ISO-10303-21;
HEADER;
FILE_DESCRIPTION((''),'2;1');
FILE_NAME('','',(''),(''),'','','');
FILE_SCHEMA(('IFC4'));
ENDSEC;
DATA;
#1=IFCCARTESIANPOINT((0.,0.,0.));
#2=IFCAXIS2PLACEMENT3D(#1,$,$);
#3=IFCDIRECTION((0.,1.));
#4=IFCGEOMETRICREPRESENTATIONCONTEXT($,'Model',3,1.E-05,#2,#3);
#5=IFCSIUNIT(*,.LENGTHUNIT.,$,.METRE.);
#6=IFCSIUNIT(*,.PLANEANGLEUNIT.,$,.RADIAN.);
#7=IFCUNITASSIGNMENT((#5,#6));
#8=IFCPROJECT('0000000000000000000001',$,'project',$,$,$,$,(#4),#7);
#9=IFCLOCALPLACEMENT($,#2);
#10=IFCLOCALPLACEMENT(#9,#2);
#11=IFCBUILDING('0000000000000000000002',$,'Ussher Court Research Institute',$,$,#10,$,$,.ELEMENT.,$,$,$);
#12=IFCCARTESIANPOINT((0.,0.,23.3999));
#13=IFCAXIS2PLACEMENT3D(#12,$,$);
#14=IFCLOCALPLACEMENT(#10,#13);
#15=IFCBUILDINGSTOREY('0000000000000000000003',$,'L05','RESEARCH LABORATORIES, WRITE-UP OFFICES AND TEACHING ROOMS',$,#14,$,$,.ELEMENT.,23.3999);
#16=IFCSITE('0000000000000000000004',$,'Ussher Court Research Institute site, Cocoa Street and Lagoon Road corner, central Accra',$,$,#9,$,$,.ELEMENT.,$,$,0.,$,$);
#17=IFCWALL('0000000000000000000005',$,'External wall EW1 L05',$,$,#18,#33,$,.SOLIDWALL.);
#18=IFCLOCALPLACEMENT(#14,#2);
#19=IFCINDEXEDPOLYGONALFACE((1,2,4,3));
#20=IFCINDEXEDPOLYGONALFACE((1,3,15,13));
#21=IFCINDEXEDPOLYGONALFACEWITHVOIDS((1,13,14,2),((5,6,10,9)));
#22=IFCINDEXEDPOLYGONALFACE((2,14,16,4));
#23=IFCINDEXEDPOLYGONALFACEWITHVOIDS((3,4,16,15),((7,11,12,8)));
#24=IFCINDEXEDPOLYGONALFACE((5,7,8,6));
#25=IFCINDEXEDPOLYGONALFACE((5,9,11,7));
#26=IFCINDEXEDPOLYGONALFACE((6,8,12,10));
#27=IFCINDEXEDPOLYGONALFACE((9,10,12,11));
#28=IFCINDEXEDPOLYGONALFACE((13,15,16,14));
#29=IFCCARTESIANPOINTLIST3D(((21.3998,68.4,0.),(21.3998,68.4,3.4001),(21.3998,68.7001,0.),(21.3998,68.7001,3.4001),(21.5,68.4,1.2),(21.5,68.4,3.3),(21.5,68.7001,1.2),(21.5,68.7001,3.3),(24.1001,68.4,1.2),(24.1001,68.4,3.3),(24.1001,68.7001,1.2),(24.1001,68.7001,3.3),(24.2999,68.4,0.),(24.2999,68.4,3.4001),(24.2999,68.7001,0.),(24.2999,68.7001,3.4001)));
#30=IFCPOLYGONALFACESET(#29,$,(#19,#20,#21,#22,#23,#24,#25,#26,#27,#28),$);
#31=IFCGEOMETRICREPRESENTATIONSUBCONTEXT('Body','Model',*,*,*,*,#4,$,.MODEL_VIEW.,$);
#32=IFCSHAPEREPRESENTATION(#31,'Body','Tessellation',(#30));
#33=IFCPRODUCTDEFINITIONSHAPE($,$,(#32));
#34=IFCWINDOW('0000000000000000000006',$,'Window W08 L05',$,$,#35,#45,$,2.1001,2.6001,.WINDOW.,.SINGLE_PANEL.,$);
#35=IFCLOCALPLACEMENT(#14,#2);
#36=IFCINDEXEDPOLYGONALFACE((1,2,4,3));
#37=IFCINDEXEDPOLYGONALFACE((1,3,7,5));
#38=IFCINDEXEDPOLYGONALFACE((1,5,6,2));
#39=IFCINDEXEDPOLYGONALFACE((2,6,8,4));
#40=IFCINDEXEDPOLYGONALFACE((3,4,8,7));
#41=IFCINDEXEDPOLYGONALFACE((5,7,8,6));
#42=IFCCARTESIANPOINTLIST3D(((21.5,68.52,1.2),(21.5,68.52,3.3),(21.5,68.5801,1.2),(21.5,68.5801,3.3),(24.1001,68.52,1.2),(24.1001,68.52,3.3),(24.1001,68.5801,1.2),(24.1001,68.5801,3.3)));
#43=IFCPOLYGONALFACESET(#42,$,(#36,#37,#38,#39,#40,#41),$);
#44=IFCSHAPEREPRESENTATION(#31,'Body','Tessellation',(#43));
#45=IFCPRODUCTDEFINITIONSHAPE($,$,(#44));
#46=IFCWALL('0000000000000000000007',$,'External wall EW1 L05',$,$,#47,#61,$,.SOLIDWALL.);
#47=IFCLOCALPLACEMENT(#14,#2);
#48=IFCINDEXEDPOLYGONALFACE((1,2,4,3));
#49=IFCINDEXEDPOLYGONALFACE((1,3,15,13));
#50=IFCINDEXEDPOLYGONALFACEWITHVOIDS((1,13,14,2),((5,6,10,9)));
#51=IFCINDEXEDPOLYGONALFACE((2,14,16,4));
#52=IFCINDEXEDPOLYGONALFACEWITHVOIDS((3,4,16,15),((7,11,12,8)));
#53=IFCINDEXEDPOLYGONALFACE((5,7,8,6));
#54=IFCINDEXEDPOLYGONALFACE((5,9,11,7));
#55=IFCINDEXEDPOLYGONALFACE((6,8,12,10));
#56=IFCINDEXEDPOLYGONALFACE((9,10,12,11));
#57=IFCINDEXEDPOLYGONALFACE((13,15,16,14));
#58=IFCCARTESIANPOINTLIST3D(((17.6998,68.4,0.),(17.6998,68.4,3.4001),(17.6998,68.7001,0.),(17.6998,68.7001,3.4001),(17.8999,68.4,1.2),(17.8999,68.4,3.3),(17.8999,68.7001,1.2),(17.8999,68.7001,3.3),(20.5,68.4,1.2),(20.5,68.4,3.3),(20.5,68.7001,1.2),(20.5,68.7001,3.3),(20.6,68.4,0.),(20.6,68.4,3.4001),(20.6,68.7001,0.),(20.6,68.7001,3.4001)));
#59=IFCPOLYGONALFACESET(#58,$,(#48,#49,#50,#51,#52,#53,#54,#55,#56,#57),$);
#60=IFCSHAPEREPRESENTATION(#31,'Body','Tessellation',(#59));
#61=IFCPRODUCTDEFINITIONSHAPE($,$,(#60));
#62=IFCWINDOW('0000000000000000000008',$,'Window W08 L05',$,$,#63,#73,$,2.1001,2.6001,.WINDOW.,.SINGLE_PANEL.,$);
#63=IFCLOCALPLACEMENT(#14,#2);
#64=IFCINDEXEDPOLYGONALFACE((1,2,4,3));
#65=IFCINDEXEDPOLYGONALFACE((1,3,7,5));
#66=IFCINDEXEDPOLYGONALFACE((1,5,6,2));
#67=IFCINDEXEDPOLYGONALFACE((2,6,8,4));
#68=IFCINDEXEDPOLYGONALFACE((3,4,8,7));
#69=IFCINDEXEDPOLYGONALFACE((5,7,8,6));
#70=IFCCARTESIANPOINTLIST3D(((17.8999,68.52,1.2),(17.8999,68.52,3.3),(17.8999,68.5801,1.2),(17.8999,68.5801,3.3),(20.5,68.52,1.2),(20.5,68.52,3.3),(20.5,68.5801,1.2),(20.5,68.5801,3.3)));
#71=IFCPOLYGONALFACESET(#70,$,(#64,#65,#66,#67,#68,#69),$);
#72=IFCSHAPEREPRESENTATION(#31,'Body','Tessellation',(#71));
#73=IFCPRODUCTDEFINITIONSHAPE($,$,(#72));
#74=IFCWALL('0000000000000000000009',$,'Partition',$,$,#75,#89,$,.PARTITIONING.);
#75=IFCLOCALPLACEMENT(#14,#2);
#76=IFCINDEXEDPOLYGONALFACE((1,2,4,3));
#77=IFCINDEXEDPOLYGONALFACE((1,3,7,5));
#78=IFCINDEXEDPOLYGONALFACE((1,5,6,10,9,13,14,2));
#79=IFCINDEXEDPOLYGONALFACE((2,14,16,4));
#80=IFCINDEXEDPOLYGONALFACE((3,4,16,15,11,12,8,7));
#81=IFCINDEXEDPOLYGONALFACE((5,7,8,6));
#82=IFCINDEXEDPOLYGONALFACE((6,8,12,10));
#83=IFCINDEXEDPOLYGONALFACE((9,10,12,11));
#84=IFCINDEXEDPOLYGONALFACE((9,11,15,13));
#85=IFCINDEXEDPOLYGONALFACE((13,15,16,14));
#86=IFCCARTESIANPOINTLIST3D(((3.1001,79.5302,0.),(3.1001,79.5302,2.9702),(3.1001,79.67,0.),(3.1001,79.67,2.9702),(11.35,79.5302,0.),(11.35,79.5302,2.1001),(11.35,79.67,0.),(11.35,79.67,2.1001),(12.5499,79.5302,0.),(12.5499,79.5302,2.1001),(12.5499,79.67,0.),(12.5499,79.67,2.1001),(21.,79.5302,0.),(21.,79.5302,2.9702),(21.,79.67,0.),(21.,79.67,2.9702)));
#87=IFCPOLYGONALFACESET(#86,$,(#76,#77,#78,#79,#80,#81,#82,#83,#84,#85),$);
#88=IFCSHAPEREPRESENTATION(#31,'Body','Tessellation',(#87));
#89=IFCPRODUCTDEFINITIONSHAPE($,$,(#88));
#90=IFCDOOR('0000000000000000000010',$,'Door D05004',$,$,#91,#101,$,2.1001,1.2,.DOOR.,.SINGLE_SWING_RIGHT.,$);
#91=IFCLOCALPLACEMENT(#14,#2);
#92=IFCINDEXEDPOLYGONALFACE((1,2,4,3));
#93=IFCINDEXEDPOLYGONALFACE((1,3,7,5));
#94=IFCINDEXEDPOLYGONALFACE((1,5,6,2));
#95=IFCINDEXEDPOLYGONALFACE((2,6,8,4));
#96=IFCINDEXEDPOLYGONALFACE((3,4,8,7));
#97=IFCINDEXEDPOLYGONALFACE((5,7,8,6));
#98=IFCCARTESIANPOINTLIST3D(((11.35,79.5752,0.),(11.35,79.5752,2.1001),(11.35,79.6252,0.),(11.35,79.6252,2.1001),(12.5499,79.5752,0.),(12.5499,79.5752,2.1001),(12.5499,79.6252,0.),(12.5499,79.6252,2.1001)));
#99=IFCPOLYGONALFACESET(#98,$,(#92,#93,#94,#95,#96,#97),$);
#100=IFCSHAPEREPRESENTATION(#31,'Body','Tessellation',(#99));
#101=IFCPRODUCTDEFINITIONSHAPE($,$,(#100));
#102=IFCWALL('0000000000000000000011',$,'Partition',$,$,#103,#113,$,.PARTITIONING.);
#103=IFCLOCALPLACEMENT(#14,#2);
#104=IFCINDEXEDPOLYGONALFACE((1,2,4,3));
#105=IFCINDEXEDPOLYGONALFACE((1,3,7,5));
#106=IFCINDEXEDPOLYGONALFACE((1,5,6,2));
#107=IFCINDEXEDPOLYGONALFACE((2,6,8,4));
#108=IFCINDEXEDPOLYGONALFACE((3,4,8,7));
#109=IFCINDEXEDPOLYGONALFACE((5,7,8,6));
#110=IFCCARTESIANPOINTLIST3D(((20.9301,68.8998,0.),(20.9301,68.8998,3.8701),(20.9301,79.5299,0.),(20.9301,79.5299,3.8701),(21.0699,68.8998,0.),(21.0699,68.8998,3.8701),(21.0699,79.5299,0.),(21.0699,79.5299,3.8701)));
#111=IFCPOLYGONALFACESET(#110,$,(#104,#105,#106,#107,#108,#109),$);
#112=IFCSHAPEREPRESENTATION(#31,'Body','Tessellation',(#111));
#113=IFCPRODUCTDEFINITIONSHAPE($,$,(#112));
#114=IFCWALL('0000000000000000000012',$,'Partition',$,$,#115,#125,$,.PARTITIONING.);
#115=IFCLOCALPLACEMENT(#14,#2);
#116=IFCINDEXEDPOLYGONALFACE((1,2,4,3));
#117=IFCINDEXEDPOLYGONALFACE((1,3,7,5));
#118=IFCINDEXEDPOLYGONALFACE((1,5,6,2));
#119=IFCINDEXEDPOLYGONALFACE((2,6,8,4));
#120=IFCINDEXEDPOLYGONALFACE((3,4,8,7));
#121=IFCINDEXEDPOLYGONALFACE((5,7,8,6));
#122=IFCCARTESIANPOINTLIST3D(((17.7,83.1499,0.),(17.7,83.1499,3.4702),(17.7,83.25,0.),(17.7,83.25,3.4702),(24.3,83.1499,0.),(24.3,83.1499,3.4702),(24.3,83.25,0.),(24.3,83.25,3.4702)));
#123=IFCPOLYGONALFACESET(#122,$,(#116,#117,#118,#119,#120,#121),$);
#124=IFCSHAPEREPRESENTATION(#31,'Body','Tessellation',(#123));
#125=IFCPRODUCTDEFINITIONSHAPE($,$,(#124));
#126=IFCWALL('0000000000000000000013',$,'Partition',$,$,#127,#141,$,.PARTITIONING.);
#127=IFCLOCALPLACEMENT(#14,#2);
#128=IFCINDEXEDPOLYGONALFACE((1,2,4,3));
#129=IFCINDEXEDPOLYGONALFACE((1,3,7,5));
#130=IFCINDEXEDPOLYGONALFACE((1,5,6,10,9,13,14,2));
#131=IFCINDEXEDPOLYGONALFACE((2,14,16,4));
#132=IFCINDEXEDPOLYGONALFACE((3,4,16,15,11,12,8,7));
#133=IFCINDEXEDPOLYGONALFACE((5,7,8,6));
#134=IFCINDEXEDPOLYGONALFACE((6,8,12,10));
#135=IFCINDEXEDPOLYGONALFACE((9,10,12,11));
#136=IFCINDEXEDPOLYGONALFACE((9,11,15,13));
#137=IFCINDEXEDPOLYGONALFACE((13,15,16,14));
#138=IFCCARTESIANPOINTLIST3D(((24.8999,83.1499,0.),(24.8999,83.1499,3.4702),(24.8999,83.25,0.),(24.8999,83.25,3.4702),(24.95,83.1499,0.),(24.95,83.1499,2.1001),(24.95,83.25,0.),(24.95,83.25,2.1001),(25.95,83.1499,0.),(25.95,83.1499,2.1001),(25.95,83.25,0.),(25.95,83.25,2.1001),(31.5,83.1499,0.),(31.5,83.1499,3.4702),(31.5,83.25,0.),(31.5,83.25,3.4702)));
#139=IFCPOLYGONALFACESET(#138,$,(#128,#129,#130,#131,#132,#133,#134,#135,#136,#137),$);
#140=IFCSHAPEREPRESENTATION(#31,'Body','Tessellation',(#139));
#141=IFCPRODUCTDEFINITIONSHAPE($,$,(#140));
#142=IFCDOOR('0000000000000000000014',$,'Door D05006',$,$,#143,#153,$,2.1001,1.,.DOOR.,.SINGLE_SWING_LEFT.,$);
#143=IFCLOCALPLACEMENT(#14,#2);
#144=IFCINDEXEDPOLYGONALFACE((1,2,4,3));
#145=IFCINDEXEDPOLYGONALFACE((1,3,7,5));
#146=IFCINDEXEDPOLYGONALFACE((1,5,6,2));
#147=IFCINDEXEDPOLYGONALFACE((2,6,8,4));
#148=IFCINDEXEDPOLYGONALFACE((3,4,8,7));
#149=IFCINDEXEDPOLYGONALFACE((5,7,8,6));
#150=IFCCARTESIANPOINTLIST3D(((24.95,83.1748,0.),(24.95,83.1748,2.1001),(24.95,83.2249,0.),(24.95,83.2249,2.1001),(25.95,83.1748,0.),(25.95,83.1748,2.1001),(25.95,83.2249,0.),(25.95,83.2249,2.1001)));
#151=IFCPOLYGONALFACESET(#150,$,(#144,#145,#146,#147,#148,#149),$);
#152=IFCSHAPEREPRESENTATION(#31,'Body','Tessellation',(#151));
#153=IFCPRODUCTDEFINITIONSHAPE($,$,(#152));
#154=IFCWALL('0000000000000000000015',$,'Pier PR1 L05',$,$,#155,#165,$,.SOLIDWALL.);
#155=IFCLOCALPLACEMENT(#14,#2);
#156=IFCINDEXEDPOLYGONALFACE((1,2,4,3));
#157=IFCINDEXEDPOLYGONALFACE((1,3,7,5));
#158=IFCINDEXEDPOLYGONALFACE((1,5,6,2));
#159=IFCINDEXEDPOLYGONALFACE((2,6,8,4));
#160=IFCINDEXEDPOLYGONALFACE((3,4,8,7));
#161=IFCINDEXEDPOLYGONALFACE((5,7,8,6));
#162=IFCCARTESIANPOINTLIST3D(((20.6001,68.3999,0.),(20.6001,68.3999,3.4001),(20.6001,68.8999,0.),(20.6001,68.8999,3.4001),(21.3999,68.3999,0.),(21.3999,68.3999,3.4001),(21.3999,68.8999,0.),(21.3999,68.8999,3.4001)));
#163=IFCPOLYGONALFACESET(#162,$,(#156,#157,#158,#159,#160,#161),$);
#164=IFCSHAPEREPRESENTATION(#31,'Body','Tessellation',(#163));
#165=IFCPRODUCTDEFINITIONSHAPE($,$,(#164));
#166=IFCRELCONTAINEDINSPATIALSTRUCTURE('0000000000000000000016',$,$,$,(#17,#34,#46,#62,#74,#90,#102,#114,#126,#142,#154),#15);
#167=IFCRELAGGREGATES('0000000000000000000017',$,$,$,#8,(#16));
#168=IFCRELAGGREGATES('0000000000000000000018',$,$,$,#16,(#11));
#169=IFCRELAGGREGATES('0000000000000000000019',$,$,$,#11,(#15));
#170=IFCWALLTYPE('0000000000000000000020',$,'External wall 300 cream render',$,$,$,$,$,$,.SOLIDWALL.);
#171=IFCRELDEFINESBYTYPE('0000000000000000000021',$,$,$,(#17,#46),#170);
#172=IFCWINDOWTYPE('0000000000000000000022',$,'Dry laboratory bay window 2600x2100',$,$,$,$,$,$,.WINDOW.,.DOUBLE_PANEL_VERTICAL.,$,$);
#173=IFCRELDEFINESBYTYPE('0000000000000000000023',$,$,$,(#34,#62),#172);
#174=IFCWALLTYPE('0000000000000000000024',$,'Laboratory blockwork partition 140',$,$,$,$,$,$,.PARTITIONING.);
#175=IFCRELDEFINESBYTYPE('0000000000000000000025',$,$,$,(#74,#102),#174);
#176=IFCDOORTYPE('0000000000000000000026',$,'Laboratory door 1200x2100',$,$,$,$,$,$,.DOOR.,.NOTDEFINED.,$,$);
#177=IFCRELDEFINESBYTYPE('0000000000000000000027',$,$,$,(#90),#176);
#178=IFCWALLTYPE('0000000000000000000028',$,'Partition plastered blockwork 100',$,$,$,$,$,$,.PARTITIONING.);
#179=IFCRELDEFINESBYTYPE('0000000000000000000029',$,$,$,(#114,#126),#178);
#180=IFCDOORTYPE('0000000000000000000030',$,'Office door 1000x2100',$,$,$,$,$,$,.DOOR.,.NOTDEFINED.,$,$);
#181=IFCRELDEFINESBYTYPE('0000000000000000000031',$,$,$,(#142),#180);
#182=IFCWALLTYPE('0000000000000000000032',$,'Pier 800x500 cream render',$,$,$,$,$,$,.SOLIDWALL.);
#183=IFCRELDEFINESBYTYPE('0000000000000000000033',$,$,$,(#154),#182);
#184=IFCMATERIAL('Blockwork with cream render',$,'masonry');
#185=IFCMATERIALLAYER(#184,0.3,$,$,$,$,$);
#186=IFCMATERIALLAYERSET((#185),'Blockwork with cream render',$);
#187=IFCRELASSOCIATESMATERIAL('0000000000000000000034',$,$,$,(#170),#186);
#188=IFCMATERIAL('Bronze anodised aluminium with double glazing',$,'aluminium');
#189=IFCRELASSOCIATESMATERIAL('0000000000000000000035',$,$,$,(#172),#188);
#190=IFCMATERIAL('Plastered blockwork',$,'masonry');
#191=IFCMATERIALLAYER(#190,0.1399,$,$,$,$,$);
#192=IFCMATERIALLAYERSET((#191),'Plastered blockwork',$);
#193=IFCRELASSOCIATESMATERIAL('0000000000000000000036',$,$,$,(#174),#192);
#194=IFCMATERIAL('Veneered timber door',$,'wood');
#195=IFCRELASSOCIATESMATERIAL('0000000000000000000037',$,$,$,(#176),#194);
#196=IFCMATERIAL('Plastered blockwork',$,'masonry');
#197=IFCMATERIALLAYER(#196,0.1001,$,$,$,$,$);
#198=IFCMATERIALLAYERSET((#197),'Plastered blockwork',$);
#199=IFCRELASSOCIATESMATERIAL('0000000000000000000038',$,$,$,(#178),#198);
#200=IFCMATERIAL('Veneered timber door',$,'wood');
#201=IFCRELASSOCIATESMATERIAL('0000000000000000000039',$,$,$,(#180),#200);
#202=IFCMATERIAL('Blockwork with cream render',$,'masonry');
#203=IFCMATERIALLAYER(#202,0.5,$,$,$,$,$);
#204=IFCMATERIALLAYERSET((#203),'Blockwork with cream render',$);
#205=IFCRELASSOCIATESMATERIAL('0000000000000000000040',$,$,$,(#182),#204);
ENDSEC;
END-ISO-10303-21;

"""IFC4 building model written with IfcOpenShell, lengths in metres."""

from ifc_helpers import new_model, si_unit, direction, frame, frame_2d, origin, place, context, subcontext, project, spatial, rectangle, extrude, material, layer, layer_set, type_object, element, fill, save


model = new_model("IFC4")

# Units and contexts
model_context = context("Model", 3, precision=1e-05, world=origin(), true_north=direction((0.0, 1.0)))
body_context = subcontext(model_context, "Body", "Model", "MODEL_VIEW")
ifc_project = project(units=[si_unit("LENGTHUNIT", "METRE"), si_unit("PLANEANGLEUNIT", "RADIAN")], contexts=[model_context])

# Site, building, storey
site_placement = place(None, origin())
site = spatial("IfcSite", under=ifc_project, at=site_placement, Name="Ussher Court Research Institute site, Cocoa Street and Lagoon Road corner, central Accra", CompositionType="ELEMENT", RefElevation=0.0)
building_placement = place(site_placement, origin())
building = spatial("IfcBuilding", under=site, at=building_placement, Name="Ussher Court Research Institute", CompositionType="ELEMENT")
storey_placement = place(building_placement, frame((0.0, 0.0, 23.3999)))
storey = spatial("IfcBuildingStorey", under=building, at=storey_placement, Name="L05", Description="RESEARCH LABORATORIES, WRITE-UP OFFICES AND TEACHING ROOMS", CompositionType="ELEMENT", Elevation=23.3999)

# Walls, openings, windows
ifc_material_1 = material(Name="Blockwork with cream render", Category="masonry")
ifc_layer_1 = layer(ifc_material_1, 0.3)
ifc_layer_set_1 = layer_set([ifc_layer_1], Name="Blockwork with cream render")
wall_type_1 = type_object("IfcWallType", Name="External wall 300 cream render", PredefinedType="SOLIDWALL", material=ifc_layer_set_1)
wall_1_placement = place(storey_placement, frame((24.3, 68.55, 0.0), z_axis=(0.0, 0.0, 1.0), x_axis=(-1.0, 0.0, 0.0)))
wall_1 = element("IfcWall", 1, at=wall_1_placement, inside=storey, type_object=wall_type_1, Name="External wall EW1 L05", PredefinedType="SOLIDWALL", context=body_context, shape_type="SweptSolid", body=[
    extrude(rectangle(XDim=2.9001, YDim=0.3, at=frame_2d((1.4502, 0.0))), origin(), (0.0, 0.0, 1.0), 3.4001),
])
opening_1_placement = place(wall_1_placement, frame((0.2, 0.0, 1.2)))
opening_1 = element("IfcOpeningElement", 2, at=opening_1_placement, cuts=wall_1, PredefinedType="OPENING", context=body_context, shape_type="SweptSolid", body=[
    extrude(rectangle(XDim=2.6001, YDim=2.1001, at=frame_2d((1.3, 1.05))), frame((0.0, 0.1602, 0.0), z_axis=(0.0, -1.0, 0.0), x_axis=(1.0, 0.0, 0.0)), (0.0, 0.0, 1.0), 0.3201),
])
ifc_material_2 = material(Name="Bronze anodised aluminium with double glazing", Category="aluminium")
window_type = type_object("IfcWindowType", Name="Dry laboratory bay window 2600x2100", PartitioningType="DOUBLE_PANEL_VERTICAL", PredefinedType="WINDOW", material=ifc_material_2)
window_1_placement = place(opening_1_placement, origin())
window_1 = element("IfcWindow", 3, at=window_1_placement, inside=storey, type_object=window_type, Name="Window W08 L05", OverallHeight=2.1001, OverallWidth=2.6001, PartitioningType="SINGLE_PANEL", PredefinedType="WINDOW", context=body_context, shape_type="SweptSolid", body=[
    extrude(rectangle(XDim=2.6001, YDim=2.1001, at=frame_2d((1.3, 1.05))), frame((0.0, 0.03, 0.0), z_axis=(0.0, -1.0, 0.0), x_axis=(1.0, 0.0, 0.0)), (0.0, 0.0, 1.0), 0.0601),
])
fill(opening_1, window_1)
wall_2_placement = place(storey_placement, frame((20.6001, 68.55, 0.0), z_axis=(0.0, 0.0, 1.0), x_axis=(-1.0, 0.0, 0.0)))
wall_2 = element("IfcWall", 4, at=wall_2_placement, inside=storey, type_object=wall_type_1, Name="External wall EW1 L05", PredefinedType="SOLIDWALL", context=body_context, shape_type="SweptSolid", body=[
    extrude(rectangle(XDim=2.9001, YDim=0.3, at=frame_2d((1.4502, 0.0))), origin(), (0.0, 0.0, 1.0), 3.4001),
])
opening_2_placement = place(wall_2_placement, frame((0.1001, 0.0, 1.2)))
opening_2 = element("IfcOpeningElement", 5, at=opening_2_placement, cuts=wall_2, PredefinedType="OPENING", context=body_context, shape_type="SweptSolid", body=[
    extrude(rectangle(XDim=2.6001, YDim=2.1001, at=frame_2d((1.3, 1.05))), frame((0.0, 0.1602, 0.0), z_axis=(0.0, -1.0, 0.0), x_axis=(1.0, 0.0, 0.0)), (0.0, 0.0, 1.0), 0.3201),
])
window_2_placement = place(opening_2_placement, origin())
window_2 = element("IfcWindow", 6, at=window_2_placement, inside=storey, type_object=window_type, Name="Window W08 L05", OverallHeight=2.1001, OverallWidth=2.6001, PartitioningType="SINGLE_PANEL", PredefinedType="WINDOW", context=body_context, shape_type="SweptSolid", body=[
    extrude(rectangle(XDim=2.6001, YDim=2.1001, at=frame_2d((1.3, 1.05))), frame((0.0, 0.03, 0.0), z_axis=(0.0, -1.0, 0.0), x_axis=(1.0, 0.0, 0.0)), (0.0, 0.0, 1.0), 0.0601),
])
fill(opening_2, window_2)

# Wall, opening, door
ifc_material_3 = material(Name="Plastered blockwork", Category="masonry")
ifc_layer_2 = layer(ifc_material_3, 0.1399)
ifc_layer_set_2 = layer_set([ifc_layer_2], Name="Plastered blockwork")
wall_type_2 = type_object("IfcWallType", Name="Laboratory blockwork partition 140", PredefinedType="PARTITIONING", material=ifc_layer_set_2)
wall_3_placement = place(storey_placement, frame((21.0, 79.6001, 0.0), z_axis=(0.0, 0.0, 1.0), x_axis=(-1.0, 0.0, 0.0)))
wall_3 = element("IfcWall", 7, at=wall_3_placement, inside=storey, type_object=wall_type_2, Name="Partition", PredefinedType="PARTITIONING", context=body_context, shape_type="SweptSolid", body=[
    extrude(rectangle(XDim=17.8999, YDim=0.1399, at=frame_2d((8.95, 0.0))), origin(), (0.0, 0.0, 1.0), 2.9702),
])
opening_3_placement = place(wall_3_placement, frame((8.45, 0.0, 0.0)))
opening_3 = element("IfcOpeningElement", 8, at=opening_3_placement, cuts=wall_3, PredefinedType="OPENING", context=body_context, shape_type="SweptSolid", body=[
    extrude(rectangle(XDim=1.2, YDim=2.1001, at=frame_2d((0.6001, 1.05))), frame((0.0, 0.0801, 0.0), z_axis=(0.0, -1.0, 0.0), x_axis=(1.0, 0.0, 0.0)), (0.0, 0.0, 1.0), 0.1599),
])
ifc_material_4 = material(Name="Veneered timber door", Category="wood")
door_type_1 = type_object("IfcDoorType", Name="Laboratory door 1200x2100", OperationType="NOTDEFINED", PredefinedType="DOOR", material=ifc_material_4)
door_1_placement = place(opening_3_placement, origin())
door_1 = element("IfcDoor", 9, at=door_1_placement, inside=storey, type_object=door_type_1, Name="Door D05004", OperationType="SINGLE_SWING_RIGHT", OverallHeight=2.1001, OverallWidth=1.2, PredefinedType="DOOR", context=body_context, shape_type="SweptSolid", body=[
    extrude(rectangle(XDim=1.2, YDim=2.1001, at=frame_2d((0.6001, 1.05))), frame((0.0, 0.0249, 0.0), z_axis=(0.0, -1.0, 0.0), x_axis=(1.0, 0.0, 0.0)), (0.0, 0.0, 1.0), 0.05),
])
fill(opening_3, door_1)

# Walls
wall_4_placement = place(storey_placement, frame((21.0, 68.8999, 0.0), z_axis=(0.0, 0.0, 1.0), x_axis=(0.0, 1.0, 0.0)))
element("IfcWall", 10, at=wall_4_placement, inside=storey, type_object=wall_type_2, Name="Partition", PredefinedType="PARTITIONING", context=body_context, shape_type="SweptSolid", body=[
    extrude(rectangle(XDim=10.6301, YDim=0.1399, at=frame_2d((5.3149, 0.0))), origin(), (0.0, 0.0, 1.0), 3.8701),
])
ifc_material_5 = material(Name="Plastered blockwork", Category="masonry")
ifc_layer_3 = layer(ifc_material_5, 0.1001)
ifc_layer_set_3 = layer_set([ifc_layer_3], Name="Plastered blockwork")
wall_type_3 = type_object("IfcWallType", Name="Partition plastered blockwork 100", PredefinedType="PARTITIONING", material=ifc_layer_set_3)
wall_5_placement = place(storey_placement, frame((17.7, 83.2, 0.0), z_axis=(0.0, 0.0, 1.0), x_axis=(1.0, 0.0, 0.0)))
element("IfcWall", 11, at=wall_5_placement, inside=storey, type_object=wall_type_3, Name="Partition", PredefinedType="PARTITIONING", context=body_context, shape_type="SweptSolid", body=[
    extrude(rectangle(XDim=6.6001, YDim=0.1001, at=frame_2d((3.3, 0.0))), origin(), (0.0, 0.0, 1.0), 3.4702),
])

# Wall, opening, door
wall_6_placement = place(storey_placement, frame((24.8999, 83.2, 0.0), z_axis=(0.0, 0.0, 1.0), x_axis=(1.0, 0.0, 0.0)))
wall_6 = element("IfcWall", 12, at=wall_6_placement, inside=storey, type_object=wall_type_3, Name="Partition", PredefinedType="PARTITIONING", context=body_context, shape_type="SweptSolid", body=[
    extrude(rectangle(XDim=6.6001, YDim=0.1001, at=frame_2d((3.3, 0.0))), origin(), (0.0, 0.0, 1.0), 3.4702),
])
opening_4_placement = place(wall_6_placement, frame((0.05, 0.0, 0.0)))
opening_4 = element("IfcOpeningElement", 13, at=opening_4_placement, cuts=wall_6, PredefinedType="OPENING", context=body_context, shape_type="SweptSolid", body=[
    extrude(rectangle(XDim=1.0, YDim=2.1001, at=frame_2d((0.5, 1.05))), frame((0.0, 0.0601, 0.0), z_axis=(0.0, -1.0, 0.0), x_axis=(1.0, 0.0, 0.0)), (0.0, 0.0, 1.0), 0.1201),
])
ifc_material_6 = material(Name="Veneered timber door", Category="wood")
door_type_2 = type_object("IfcDoorType", Name="Office door 1000x2100", OperationType="NOTDEFINED", PredefinedType="DOOR", material=ifc_material_6)
door_2_placement = place(opening_4_placement, origin())
door_2 = element("IfcDoor", 14, at=door_2_placement, inside=storey, type_object=door_type_2, Name="Door D05006", OperationType="SINGLE_SWING_LEFT", OverallHeight=2.1001, OverallWidth=1.0, PredefinedType="DOOR", context=body_context, shape_type="SweptSolid", body=[
    extrude(rectangle(XDim=1.0, YDim=2.1001, at=frame_2d((0.5, 1.05))), frame((0.0, 0.0249, 0.0), z_axis=(0.0, -1.0, 0.0), x_axis=(1.0, 0.0, 0.0)), (0.0, 0.0, 1.0), 0.05),
])
fill(opening_4, door_2)

# Wall
ifc_material_7 = material(Name="Blockwork with cream render", Category="masonry")
ifc_layer_4 = layer(ifc_material_7, 0.5)
ifc_layer_set_4 = layer_set([ifc_layer_4], Name="Blockwork with cream render")
wall_type_4 = type_object("IfcWallType", Name="Pier 800x500 cream render", PredefinedType="SOLIDWALL", material=ifc_layer_set_4)
wall_7_placement = place(storey_placement, frame((21.3999, 68.6499, 0.0), z_axis=(0.0, 0.0, 1.0), x_axis=(-1.0, 0.0, 0.0)))
element("IfcWall", 15, at=wall_7_placement, inside=storey, type_object=wall_type_4, Name="Pier PR1 L05", PredefinedType="SOLIDWALL", context=body_context, shape_type="SweptSolid", body=[
    extrude(rectangle(XDim=0.7998, YDim=0.5, at=frame_2d((0.3999, 0.0))), origin(), (0.0, 0.0, 1.0), 3.4001),
])

save(model, "model.ifc")
